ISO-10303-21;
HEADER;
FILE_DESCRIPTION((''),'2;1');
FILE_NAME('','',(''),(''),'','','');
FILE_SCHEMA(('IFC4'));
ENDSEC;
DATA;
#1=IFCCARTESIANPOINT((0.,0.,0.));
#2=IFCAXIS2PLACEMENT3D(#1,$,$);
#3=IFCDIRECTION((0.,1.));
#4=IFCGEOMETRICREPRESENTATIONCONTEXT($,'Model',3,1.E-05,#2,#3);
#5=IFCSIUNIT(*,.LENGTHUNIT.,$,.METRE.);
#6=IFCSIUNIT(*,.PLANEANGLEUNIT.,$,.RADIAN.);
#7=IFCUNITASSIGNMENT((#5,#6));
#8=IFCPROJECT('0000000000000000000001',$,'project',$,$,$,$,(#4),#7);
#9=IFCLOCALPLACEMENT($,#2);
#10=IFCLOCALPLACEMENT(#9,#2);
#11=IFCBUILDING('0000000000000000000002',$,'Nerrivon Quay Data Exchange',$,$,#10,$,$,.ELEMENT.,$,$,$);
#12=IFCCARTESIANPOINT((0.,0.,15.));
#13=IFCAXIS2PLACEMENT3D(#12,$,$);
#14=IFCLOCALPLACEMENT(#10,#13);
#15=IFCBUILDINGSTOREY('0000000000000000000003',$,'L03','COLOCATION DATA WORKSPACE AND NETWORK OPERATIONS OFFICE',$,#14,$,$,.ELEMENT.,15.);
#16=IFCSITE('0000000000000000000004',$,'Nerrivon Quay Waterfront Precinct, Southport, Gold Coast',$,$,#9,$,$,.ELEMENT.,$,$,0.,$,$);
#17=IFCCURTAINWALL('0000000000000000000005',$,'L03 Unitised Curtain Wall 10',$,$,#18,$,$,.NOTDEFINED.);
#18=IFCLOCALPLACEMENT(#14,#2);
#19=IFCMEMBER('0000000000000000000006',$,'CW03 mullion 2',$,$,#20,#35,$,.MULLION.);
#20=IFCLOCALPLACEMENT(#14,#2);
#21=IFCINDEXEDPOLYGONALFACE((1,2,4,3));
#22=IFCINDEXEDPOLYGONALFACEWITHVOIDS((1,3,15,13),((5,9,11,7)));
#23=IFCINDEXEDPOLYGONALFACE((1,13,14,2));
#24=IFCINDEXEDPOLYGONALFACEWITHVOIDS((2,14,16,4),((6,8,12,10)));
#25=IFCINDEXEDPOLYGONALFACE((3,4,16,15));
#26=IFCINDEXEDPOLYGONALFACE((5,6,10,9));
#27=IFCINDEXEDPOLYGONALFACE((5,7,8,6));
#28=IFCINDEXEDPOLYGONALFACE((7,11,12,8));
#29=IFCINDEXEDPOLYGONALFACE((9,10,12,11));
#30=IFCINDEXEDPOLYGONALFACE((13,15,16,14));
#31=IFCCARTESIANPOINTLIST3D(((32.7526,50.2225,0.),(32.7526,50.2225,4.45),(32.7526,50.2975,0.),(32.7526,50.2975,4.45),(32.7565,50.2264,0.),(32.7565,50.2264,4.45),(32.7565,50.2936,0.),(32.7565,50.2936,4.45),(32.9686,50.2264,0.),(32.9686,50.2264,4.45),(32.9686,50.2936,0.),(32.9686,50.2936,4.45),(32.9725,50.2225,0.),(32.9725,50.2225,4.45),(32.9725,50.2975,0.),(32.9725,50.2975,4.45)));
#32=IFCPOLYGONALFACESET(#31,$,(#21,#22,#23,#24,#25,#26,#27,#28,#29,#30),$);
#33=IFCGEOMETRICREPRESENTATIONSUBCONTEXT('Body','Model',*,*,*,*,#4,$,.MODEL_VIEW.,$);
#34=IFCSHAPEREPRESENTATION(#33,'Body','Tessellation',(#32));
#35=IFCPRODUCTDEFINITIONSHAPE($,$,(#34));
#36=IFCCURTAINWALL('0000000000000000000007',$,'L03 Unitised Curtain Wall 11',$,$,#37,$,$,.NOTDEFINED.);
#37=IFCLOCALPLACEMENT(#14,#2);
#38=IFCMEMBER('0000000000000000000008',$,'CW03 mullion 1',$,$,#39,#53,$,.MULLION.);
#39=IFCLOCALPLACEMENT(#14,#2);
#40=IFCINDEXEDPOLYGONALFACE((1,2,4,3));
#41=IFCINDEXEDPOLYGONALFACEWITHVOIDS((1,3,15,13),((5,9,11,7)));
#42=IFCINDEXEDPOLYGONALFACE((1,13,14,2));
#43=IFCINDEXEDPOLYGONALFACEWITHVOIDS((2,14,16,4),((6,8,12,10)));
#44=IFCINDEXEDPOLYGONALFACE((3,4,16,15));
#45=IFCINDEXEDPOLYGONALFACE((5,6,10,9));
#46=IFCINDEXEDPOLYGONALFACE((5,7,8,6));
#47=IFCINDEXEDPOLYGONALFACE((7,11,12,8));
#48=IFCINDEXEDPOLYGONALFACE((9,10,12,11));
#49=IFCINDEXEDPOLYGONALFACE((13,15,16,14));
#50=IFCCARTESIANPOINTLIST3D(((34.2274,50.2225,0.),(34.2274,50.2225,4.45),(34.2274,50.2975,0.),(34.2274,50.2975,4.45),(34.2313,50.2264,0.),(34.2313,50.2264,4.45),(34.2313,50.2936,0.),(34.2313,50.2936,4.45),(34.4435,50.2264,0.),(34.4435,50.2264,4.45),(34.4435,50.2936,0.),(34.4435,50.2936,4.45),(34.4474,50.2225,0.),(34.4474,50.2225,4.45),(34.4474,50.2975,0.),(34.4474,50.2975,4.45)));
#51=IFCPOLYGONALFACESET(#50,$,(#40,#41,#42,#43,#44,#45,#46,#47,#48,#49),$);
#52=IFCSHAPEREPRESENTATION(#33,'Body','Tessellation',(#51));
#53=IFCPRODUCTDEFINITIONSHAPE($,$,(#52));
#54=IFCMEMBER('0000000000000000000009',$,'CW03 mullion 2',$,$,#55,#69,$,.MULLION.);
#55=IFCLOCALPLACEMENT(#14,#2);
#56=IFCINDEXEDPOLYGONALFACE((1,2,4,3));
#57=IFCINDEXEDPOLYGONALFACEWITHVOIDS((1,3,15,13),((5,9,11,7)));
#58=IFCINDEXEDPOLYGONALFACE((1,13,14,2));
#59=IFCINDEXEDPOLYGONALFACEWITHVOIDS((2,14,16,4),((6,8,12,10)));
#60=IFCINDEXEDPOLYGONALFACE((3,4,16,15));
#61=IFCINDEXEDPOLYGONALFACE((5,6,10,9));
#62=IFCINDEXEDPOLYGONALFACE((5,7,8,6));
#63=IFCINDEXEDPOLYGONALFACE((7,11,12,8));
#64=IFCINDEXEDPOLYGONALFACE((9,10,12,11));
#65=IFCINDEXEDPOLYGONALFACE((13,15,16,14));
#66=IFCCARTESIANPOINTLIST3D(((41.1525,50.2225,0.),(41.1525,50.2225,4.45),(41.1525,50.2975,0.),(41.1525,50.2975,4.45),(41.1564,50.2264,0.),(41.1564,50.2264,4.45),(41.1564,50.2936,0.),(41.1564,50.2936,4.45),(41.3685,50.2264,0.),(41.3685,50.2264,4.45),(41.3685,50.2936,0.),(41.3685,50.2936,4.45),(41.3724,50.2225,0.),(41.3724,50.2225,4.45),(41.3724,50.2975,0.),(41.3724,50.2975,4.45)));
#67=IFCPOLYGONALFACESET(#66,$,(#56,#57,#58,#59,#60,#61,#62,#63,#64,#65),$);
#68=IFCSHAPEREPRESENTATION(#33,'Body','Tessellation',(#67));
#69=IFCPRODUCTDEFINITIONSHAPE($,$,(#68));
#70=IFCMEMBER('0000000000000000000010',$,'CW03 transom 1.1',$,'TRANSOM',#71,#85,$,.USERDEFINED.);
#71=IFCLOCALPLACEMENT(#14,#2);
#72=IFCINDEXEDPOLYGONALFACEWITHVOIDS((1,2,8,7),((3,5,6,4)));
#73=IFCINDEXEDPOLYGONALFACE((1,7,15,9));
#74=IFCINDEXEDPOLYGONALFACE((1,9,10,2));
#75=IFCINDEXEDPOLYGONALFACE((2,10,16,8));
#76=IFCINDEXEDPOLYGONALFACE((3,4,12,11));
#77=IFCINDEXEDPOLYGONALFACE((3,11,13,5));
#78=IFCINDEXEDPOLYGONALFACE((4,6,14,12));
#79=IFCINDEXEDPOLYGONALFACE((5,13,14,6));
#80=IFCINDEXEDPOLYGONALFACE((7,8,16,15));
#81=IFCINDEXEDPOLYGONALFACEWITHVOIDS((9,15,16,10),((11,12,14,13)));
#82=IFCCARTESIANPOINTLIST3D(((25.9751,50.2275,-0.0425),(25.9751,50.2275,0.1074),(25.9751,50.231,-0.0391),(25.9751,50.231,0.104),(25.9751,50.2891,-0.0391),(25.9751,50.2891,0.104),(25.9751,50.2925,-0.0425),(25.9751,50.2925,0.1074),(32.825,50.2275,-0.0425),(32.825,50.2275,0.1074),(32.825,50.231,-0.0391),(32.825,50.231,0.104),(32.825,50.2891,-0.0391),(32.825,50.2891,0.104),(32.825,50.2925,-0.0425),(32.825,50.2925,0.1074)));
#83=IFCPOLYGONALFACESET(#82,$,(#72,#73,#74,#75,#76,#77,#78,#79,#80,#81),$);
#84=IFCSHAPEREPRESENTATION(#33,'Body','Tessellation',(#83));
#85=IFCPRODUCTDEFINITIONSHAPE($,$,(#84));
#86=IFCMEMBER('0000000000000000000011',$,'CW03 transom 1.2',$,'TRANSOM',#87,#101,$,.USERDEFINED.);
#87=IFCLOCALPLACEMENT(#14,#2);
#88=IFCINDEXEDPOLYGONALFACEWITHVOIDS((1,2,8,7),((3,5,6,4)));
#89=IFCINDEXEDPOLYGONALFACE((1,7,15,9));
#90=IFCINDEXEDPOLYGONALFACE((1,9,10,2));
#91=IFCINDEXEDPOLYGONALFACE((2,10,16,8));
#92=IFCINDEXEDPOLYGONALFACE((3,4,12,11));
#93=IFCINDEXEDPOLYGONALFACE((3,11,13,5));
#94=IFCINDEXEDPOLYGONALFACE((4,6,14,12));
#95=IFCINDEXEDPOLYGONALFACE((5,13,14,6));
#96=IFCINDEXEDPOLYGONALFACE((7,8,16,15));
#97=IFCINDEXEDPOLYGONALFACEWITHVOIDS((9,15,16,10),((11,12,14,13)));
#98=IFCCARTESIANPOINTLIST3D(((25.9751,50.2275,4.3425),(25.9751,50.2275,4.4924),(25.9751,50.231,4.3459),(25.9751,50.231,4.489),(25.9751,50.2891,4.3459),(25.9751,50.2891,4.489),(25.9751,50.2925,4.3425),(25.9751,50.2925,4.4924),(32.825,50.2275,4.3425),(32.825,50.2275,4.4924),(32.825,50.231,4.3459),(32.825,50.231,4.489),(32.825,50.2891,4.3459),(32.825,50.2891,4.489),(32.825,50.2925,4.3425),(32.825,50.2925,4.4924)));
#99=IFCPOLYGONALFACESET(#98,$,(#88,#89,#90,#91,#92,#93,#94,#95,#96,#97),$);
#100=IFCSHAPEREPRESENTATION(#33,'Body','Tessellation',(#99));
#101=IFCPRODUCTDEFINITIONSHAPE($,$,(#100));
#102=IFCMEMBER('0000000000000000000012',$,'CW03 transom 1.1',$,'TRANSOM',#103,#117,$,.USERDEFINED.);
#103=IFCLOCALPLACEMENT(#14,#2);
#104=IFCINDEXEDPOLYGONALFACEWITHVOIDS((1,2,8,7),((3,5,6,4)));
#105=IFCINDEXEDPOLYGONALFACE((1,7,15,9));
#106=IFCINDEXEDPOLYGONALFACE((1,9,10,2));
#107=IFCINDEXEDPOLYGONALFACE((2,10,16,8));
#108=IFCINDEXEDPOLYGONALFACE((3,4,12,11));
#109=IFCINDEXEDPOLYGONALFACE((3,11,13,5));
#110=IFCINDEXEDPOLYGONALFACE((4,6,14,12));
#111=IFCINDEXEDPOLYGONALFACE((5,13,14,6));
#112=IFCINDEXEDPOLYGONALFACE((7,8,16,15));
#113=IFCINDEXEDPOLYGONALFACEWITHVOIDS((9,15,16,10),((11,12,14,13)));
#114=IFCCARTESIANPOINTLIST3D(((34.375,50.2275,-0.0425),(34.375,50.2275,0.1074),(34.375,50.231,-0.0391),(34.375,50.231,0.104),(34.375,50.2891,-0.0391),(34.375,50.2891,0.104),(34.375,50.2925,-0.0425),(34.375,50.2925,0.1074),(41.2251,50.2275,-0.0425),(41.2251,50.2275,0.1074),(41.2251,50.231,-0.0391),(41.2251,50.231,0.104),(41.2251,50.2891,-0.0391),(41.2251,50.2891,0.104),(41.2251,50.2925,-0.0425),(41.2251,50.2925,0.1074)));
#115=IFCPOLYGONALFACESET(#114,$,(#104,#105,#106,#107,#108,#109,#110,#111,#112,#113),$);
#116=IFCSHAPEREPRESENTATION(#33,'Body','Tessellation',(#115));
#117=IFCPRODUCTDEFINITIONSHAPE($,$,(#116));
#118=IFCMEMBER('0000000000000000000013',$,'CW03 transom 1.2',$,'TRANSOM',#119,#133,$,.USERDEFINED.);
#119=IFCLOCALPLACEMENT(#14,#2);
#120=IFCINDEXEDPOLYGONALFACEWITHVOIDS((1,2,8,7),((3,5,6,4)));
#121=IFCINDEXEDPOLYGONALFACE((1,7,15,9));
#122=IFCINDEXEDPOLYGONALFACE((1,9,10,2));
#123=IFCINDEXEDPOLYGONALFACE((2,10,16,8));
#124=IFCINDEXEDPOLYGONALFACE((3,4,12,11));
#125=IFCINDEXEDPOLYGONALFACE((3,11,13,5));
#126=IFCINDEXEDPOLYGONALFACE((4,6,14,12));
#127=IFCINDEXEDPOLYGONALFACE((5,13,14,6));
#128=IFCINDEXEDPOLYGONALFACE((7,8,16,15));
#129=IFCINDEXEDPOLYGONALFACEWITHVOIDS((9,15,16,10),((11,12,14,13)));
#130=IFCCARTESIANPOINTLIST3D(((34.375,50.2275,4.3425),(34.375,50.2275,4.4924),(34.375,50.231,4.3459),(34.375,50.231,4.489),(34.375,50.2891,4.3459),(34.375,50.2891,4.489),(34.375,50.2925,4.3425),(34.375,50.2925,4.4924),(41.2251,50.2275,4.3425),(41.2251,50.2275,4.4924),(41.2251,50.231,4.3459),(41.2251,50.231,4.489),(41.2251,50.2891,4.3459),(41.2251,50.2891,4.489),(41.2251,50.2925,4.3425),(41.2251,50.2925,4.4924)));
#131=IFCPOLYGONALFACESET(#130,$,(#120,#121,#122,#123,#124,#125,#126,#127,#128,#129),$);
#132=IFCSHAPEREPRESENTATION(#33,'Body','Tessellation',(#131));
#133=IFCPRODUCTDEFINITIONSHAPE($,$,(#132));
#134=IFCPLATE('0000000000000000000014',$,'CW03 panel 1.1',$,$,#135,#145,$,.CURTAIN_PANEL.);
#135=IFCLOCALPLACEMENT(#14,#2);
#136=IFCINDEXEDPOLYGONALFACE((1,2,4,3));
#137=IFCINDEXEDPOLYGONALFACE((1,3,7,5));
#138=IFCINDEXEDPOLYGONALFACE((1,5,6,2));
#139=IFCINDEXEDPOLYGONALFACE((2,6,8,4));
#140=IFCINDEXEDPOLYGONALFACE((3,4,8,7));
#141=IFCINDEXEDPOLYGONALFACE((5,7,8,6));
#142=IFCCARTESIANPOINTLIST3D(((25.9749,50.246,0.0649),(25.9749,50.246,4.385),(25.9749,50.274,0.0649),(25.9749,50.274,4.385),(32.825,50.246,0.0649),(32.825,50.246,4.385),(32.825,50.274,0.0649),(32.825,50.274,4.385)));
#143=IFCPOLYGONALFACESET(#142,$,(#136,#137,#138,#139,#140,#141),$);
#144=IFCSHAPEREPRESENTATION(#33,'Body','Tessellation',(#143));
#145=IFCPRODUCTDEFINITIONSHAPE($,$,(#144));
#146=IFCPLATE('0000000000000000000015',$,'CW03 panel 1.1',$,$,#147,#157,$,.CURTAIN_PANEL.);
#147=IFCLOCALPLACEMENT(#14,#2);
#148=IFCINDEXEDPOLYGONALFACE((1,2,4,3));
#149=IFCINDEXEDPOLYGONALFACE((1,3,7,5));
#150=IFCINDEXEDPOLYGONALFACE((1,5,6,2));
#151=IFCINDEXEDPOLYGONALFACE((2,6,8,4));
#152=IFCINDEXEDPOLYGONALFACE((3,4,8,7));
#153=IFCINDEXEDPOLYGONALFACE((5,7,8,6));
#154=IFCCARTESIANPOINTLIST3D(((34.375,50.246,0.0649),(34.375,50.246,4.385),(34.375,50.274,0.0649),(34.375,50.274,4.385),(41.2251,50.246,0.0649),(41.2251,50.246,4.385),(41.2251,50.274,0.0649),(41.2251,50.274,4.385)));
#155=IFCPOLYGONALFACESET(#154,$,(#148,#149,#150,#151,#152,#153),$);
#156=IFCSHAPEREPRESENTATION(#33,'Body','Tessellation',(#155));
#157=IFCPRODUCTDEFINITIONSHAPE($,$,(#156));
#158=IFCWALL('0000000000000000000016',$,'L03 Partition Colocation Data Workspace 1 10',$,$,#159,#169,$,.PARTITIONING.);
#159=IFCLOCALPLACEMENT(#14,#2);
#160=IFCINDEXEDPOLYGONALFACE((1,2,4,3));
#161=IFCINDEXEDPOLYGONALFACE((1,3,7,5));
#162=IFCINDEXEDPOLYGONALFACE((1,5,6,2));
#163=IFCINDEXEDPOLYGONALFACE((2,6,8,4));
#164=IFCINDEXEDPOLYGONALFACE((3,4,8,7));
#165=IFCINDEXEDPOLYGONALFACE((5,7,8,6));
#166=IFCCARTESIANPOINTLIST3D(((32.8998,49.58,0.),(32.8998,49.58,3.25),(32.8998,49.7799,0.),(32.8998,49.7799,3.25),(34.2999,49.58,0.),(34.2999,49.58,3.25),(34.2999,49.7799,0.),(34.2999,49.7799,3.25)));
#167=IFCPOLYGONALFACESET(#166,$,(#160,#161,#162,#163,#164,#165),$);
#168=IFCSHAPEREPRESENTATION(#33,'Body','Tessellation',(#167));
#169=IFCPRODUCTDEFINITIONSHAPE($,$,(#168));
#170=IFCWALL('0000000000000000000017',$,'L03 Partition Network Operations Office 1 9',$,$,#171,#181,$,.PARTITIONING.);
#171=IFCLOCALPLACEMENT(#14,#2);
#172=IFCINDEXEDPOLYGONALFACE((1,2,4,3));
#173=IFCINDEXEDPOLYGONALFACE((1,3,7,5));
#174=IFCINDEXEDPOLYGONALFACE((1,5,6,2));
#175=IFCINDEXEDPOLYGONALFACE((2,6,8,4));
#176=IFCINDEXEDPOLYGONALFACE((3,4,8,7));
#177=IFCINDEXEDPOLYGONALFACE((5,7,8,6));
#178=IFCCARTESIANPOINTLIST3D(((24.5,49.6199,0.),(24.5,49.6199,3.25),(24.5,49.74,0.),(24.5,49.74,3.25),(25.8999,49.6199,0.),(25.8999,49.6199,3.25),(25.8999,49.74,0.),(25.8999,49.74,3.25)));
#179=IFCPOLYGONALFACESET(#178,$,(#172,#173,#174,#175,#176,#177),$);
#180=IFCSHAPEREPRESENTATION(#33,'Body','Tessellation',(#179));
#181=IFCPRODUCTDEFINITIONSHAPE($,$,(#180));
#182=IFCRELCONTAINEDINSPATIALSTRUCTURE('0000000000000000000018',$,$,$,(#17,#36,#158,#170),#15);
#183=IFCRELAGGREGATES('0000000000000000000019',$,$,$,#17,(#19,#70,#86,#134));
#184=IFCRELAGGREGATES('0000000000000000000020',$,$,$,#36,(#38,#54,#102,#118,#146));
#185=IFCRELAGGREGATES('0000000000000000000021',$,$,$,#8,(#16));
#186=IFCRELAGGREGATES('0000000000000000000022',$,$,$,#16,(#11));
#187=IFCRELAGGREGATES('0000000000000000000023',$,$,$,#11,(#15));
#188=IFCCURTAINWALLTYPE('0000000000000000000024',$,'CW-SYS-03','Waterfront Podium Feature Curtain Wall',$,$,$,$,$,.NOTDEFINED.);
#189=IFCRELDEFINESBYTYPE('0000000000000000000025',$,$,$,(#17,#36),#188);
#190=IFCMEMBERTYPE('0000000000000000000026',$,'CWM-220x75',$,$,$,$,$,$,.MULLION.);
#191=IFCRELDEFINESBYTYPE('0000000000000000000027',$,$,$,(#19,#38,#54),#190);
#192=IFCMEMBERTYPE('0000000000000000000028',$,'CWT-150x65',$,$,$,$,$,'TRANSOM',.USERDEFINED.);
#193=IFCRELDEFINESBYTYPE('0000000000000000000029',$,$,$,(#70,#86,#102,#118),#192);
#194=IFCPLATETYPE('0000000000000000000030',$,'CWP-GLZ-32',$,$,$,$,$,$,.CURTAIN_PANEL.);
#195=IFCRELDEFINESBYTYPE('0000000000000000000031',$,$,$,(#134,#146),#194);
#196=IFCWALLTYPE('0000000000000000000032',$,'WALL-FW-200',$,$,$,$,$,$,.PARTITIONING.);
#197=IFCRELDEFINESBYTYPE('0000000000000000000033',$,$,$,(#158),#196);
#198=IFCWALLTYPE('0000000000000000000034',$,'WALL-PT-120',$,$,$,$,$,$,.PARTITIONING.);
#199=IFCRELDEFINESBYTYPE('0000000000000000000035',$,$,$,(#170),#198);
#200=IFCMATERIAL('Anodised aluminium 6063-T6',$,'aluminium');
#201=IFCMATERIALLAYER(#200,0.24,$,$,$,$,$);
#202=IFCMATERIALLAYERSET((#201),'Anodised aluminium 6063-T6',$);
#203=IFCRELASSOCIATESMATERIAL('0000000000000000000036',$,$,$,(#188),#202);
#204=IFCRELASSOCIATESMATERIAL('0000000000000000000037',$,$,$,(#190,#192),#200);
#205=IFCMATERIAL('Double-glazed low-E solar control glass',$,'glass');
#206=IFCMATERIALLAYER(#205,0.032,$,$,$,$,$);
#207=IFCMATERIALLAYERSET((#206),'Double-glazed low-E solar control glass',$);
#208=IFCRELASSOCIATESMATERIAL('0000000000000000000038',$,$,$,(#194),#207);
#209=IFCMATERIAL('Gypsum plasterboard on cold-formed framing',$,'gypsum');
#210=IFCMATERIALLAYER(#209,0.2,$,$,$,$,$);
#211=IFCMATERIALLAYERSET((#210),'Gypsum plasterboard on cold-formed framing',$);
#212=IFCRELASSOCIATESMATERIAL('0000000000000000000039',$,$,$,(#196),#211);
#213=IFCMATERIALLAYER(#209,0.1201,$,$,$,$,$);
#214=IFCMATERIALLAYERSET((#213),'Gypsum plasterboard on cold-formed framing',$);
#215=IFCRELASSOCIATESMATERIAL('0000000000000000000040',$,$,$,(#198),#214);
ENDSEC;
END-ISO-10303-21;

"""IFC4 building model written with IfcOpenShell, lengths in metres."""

from ifc_helpers import new_model, si_unit, direction, frame, frame_2d, origin, origin_2d, place, context, subcontext, project, spatial, rectangle, hollow_rectangle, extrude, material, layer, layer_set, material_profile, profile_set, type_object, element, aggregate, save


model = new_model("IFC4")

# Units and contexts
model_context = context("Model", 3, precision=1e-05, world=origin(), true_north=direction((0.0, 1.0)))
body_context = subcontext(model_context, "Body", "Model", "MODEL_VIEW")
ifc_project = project(units=[si_unit("LENGTHUNIT", "METRE"), si_unit("PLANEANGLEUNIT", "RADIAN")], contexts=[model_context])

# Site, building, storey
site_placement = place(None, origin())
site = spatial("IfcSite", under=ifc_project, at=site_placement, Name="Nerrivon Quay Waterfront Precinct, Southport, Gold Coast", CompositionType="ELEMENT", RefElevation=0.0)
building_placement = place(site_placement, origin())
building = spatial("IfcBuilding", under=site, at=building_placement, Name="Nerrivon Quay Data Exchange", CompositionType="ELEMENT")
storey_placement = place(building_placement, frame((0.0, 0.0, 15.0)))
storey = spatial("IfcBuildingStorey", under=building, at=storey_placement, Name="L03", Description="COLOCATION DATA WORKSPACE AND NETWORK OPERATIONS OFFICE", CompositionType="ELEMENT", Elevation=15.0)

# Shared definitions
ifc_material_1 = material(Name="Anodised aluminium 6063-T6", Category="aluminium")
ifc_layer_1 = layer(ifc_material_1, 0.24)
ifc_layer_set_1 = layer_set([ifc_layer_1], Name="Anodised aluminium 6063-T6")
curtain_wall_type = type_object("IfcCurtainWallType", Name="CW-SYS-03", Description="Waterfront Podium Feature Curtain Wall", PredefinedType="NOTDEFINED", material=ifc_layer_set_1)
ifc_material_profile_1 = material_profile(ifc_material_1, hollow_rectangle(XDim=0.075, YDim=0.22, WallThickness=0.0039, at=origin_2d()), Name="ALU-MULL-220x75")
ifc_profile_set_1 = profile_set([ifc_material_profile_1], Name="Anodised aluminium 6063-T6")
member_type_1 = type_object("IfcMemberType", Name="CWM-220x75", PredefinedType="MULLION", material=ifc_profile_set_1)

# Curtain walls, members
curtain_wall_1_placement = place(storey_placement, origin())
curtain_wall_1 = element("IfcCurtainWall", 1, at=curtain_wall_1_placement, inside=storey, type_object=curtain_wall_type, Name="L03 Unitised Curtain Wall 10", PredefinedType="NOTDEFINED")
member_1_placement = place(storey_placement, frame((32.8625, 50.26, 0.0), z_axis=(0.0, 0.0, 1.0), x_axis=(0.0, 1.0, 0.0)))
member_1 = element("IfcMember", 2, at=member_1_placement, type_object=member_type_1, Name="CW03 mullion 2", PredefinedType="MULLION", context=body_context, shape_type="SweptSolid", body=[
    extrude(hollow_rectangle(XDim=0.075, YDim=0.22, WallThickness=0.0039, at=origin_2d()), origin(), (0.0, 0.0, 1.0), 4.45),
])
curtain_wall_2_placement = place(storey_placement, origin())
curtain_wall_2 = element("IfcCurtainWall", 3, at=curtain_wall_2_placement, inside=storey, type_object=curtain_wall_type, Name="L03 Unitised Curtain Wall 11", PredefinedType="NOTDEFINED")
member_2_placement = place(storey_placement, frame((34.3374, 50.26, 0.0), z_axis=(0.0, 0.0, 1.0), x_axis=(0.0, 1.0, 0.0)))
member_2 = element("IfcMember", 4, at=member_2_placement, type_object=member_type_1, Name="CW03 mullion 1", PredefinedType="MULLION", context=body_context, shape_type="SweptSolid", body=[
    extrude(hollow_rectangle(XDim=0.075, YDim=0.22, WallThickness=0.0039, at=origin_2d()), origin(), (0.0, 0.0, 1.0), 4.45),
])
member_3_placement = place(storey_placement, frame((41.2625, 50.26, 0.0), z_axis=(0.0, 0.0, 1.0), x_axis=(0.0, 1.0, 0.0)))
member_3 = element("IfcMember", 5, at=member_3_placement, type_object=member_type_1, Name="CW03 mullion 2", PredefinedType="MULLION", context=body_context, shape_type="SweptSolid", body=[
    extrude(hollow_rectangle(XDim=0.075, YDim=0.22, WallThickness=0.0039, at=origin_2d()), origin(), (0.0, 0.0, 1.0), 4.45),
])

# Members
ifc_material_profile_2 = material_profile(ifc_material_1, hollow_rectangle(XDim=0.0649, YDim=0.1499, WallThickness=0.0034, at=origin_2d()), Name="ALU-TRAN-150x65")
ifc_profile_set_2 = profile_set([ifc_material_profile_2], Name="Anodised aluminium 6063-T6")
member_type_2 = type_object("IfcMemberType", Name="CWT-150x65", ElementType="TRANSOM", PredefinedType="USERDEFINED", material=ifc_profile_set_2)
member_4_placement = place(storey_placement, frame((25.9751, 50.26, 0.0325), z_axis=(1.0, 0.0, 0.0), x_axis=(0.0, 1.0, 0.0)))
member_4 = element("IfcMember", 6, at=member_4_placement, type_object=member_type_2, Name="CW03 transom 1.1", ObjectType="TRANSOM", PredefinedType="USERDEFINED", context=body_context, shape_type="SweptSolid", body=[
    extrude(hollow_rectangle(XDim=0.0649, YDim=0.1499, WallThickness=0.0034, at=origin_2d()), origin(), (0.0, 0.0, 1.0), 6.8499),
])
member_5_placement = place(storey_placement, frame((25.9751, 50.26, 4.4175), z_axis=(1.0, 0.0, 0.0), x_axis=(0.0, 1.0, 0.0)))
member_5 = element("IfcMember", 7, at=member_5_placement, type_object=member_type_2, Name="CW03 transom 1.2", ObjectType="TRANSOM", PredefinedType="USERDEFINED", context=body_context, shape_type="SweptSolid", body=[
    extrude(hollow_rectangle(XDim=0.0649, YDim=0.1499, WallThickness=0.0034, at=origin_2d()), origin(), (0.0, 0.0, 1.0), 6.8499),
])
member_6_placement = place(storey_placement, frame((34.375, 50.26, 0.0325), z_axis=(1.0, 0.0, 0.0), x_axis=(0.0, 1.0, 0.0)))
member_6 = element("IfcMember", 8, at=member_6_placement, type_object=member_type_2, Name="CW03 transom 1.1", ObjectType="TRANSOM", PredefinedType="USERDEFINED", context=body_context, shape_type="SweptSolid", body=[
    extrude(hollow_rectangle(XDim=0.0649, YDim=0.1499, WallThickness=0.0034, at=origin_2d()), origin(), (0.0, 0.0, 1.0), 6.8501),
])
member_7_placement = place(storey_placement, frame((34.375, 50.26, 4.4175), z_axis=(1.0, 0.0, 0.0), x_axis=(0.0, 1.0, 0.0)))
member_7 = element("IfcMember", 9, at=member_7_placement, type_object=member_type_2, Name="CW03 transom 1.2", ObjectType="TRANSOM", PredefinedType="USERDEFINED", context=body_context, shape_type="SweptSolid", body=[
    extrude(hollow_rectangle(XDim=0.0649, YDim=0.1499, WallThickness=0.0034, at=origin_2d()), origin(), (0.0, 0.0, 1.0), 6.8501),
])

# Plates
ifc_material_2 = material(Name="Double-glazed low-E solar control glass", Category="glass")
ifc_layer_2 = layer(ifc_material_2, 0.032)
ifc_layer_set_2 = layer_set([ifc_layer_2], Name="Double-glazed low-E solar control glass")
plate_type = type_object("IfcPlateType", Name="CWP-GLZ-32", PredefinedType="CURTAIN_PANEL", material=ifc_layer_set_2)
plate_1_placement = place(storey_placement, frame((29.3999, 50.26, 0.0649), z_axis=(0.0, 0.0, 1.0), x_axis=(1.0, 0.0, 0.0)))
plate_1 = element("IfcPlate", 10, at=plate_1_placement, type_object=plate_type, Name="CW03 panel 1.1", PredefinedType="CURTAIN_PANEL", context=body_context, shape_type="SweptSolid", body=[
    extrude(rectangle(XDim=6.8501, YDim=0.0281, at=origin_2d()), origin(), (0.0, 0.0, 1.0), 4.3201),
])
aggregate(curtain_wall_1, [member_1, member_4, member_5, plate_1])
plate_2_placement = place(storey_placement, frame((37.8, 50.26, 0.0649), z_axis=(0.0, 0.0, 1.0), x_axis=(1.0, 0.0, 0.0)))
plate_2 = element("IfcPlate", 11, at=plate_2_placement, type_object=plate_type, Name="CW03 panel 1.1", PredefinedType="CURTAIN_PANEL", context=body_context, shape_type="SweptSolid", body=[
    extrude(rectangle(XDim=6.8501, YDim=0.0281, at=origin_2d()), origin(), (0.0, 0.0, 1.0), 4.3201),
])
aggregate(curtain_wall_2, [member_2, member_3, member_6, member_7, plate_2])

# Walls
ifc_material_3 = material(Name="Gypsum plasterboard on cold-formed framing", Category="gypsum")
ifc_layer_3 = layer(ifc_material_3, 0.2)
ifc_layer_set_3 = layer_set([ifc_layer_3], Name="Gypsum plasterboard on cold-formed framing")
wall_type_1 = type_object("IfcWallType", Name="WALL-FW-200", PredefinedType="PARTITIONING", material=ifc_layer_set_3)
wall_1_placement = place(storey_placement, frame((34.3, 49.6799, 0.0), z_axis=(0.0, 0.0, 1.0), x_axis=(-1.0, 0.0, 0.0)))
element("IfcWall", 12, at=wall_1_placement, inside=storey, type_object=wall_type_1, Name="L03 Partition Colocation Data Workspace 1 10", PredefinedType="PARTITIONING", context=body_context, shape_type="SweptSolid", body=[
    extrude(rectangle(XDim=1.4001, YDim=0.2, at=frame_2d((0.7002, 0.0))), origin(), (0.0, 0.0, 1.0), 3.25),
])
ifc_layer_4 = layer(ifc_material_3, 0.1201)
ifc_layer_set_4 = layer_set([ifc_layer_4], Name="Gypsum plasterboard on cold-formed framing")
wall_type_2 = type_object("IfcWallType", Name="WALL-PT-120", PredefinedType="PARTITIONING", material=ifc_layer_set_4)
wall_2_placement = place(storey_placement, frame((25.8999, 49.6799, 0.0), z_axis=(0.0, 0.0, 1.0), x_axis=(-1.0, 0.0, 0.0)))
element("IfcWall", 13, at=wall_2_placement, inside=storey, type_object=wall_type_2, Name="L03 Partition Network Operations Office 1 9", PredefinedType="PARTITIONING", context=body_context, shape_type="SweptSolid", body=[
    extrude(rectangle(XDim=1.3999, YDim=0.1201, at=frame_2d((0.7, 0.0))), origin(), (0.0, 0.0, 1.0), 3.25),
])

save(model, "model.ifc")
